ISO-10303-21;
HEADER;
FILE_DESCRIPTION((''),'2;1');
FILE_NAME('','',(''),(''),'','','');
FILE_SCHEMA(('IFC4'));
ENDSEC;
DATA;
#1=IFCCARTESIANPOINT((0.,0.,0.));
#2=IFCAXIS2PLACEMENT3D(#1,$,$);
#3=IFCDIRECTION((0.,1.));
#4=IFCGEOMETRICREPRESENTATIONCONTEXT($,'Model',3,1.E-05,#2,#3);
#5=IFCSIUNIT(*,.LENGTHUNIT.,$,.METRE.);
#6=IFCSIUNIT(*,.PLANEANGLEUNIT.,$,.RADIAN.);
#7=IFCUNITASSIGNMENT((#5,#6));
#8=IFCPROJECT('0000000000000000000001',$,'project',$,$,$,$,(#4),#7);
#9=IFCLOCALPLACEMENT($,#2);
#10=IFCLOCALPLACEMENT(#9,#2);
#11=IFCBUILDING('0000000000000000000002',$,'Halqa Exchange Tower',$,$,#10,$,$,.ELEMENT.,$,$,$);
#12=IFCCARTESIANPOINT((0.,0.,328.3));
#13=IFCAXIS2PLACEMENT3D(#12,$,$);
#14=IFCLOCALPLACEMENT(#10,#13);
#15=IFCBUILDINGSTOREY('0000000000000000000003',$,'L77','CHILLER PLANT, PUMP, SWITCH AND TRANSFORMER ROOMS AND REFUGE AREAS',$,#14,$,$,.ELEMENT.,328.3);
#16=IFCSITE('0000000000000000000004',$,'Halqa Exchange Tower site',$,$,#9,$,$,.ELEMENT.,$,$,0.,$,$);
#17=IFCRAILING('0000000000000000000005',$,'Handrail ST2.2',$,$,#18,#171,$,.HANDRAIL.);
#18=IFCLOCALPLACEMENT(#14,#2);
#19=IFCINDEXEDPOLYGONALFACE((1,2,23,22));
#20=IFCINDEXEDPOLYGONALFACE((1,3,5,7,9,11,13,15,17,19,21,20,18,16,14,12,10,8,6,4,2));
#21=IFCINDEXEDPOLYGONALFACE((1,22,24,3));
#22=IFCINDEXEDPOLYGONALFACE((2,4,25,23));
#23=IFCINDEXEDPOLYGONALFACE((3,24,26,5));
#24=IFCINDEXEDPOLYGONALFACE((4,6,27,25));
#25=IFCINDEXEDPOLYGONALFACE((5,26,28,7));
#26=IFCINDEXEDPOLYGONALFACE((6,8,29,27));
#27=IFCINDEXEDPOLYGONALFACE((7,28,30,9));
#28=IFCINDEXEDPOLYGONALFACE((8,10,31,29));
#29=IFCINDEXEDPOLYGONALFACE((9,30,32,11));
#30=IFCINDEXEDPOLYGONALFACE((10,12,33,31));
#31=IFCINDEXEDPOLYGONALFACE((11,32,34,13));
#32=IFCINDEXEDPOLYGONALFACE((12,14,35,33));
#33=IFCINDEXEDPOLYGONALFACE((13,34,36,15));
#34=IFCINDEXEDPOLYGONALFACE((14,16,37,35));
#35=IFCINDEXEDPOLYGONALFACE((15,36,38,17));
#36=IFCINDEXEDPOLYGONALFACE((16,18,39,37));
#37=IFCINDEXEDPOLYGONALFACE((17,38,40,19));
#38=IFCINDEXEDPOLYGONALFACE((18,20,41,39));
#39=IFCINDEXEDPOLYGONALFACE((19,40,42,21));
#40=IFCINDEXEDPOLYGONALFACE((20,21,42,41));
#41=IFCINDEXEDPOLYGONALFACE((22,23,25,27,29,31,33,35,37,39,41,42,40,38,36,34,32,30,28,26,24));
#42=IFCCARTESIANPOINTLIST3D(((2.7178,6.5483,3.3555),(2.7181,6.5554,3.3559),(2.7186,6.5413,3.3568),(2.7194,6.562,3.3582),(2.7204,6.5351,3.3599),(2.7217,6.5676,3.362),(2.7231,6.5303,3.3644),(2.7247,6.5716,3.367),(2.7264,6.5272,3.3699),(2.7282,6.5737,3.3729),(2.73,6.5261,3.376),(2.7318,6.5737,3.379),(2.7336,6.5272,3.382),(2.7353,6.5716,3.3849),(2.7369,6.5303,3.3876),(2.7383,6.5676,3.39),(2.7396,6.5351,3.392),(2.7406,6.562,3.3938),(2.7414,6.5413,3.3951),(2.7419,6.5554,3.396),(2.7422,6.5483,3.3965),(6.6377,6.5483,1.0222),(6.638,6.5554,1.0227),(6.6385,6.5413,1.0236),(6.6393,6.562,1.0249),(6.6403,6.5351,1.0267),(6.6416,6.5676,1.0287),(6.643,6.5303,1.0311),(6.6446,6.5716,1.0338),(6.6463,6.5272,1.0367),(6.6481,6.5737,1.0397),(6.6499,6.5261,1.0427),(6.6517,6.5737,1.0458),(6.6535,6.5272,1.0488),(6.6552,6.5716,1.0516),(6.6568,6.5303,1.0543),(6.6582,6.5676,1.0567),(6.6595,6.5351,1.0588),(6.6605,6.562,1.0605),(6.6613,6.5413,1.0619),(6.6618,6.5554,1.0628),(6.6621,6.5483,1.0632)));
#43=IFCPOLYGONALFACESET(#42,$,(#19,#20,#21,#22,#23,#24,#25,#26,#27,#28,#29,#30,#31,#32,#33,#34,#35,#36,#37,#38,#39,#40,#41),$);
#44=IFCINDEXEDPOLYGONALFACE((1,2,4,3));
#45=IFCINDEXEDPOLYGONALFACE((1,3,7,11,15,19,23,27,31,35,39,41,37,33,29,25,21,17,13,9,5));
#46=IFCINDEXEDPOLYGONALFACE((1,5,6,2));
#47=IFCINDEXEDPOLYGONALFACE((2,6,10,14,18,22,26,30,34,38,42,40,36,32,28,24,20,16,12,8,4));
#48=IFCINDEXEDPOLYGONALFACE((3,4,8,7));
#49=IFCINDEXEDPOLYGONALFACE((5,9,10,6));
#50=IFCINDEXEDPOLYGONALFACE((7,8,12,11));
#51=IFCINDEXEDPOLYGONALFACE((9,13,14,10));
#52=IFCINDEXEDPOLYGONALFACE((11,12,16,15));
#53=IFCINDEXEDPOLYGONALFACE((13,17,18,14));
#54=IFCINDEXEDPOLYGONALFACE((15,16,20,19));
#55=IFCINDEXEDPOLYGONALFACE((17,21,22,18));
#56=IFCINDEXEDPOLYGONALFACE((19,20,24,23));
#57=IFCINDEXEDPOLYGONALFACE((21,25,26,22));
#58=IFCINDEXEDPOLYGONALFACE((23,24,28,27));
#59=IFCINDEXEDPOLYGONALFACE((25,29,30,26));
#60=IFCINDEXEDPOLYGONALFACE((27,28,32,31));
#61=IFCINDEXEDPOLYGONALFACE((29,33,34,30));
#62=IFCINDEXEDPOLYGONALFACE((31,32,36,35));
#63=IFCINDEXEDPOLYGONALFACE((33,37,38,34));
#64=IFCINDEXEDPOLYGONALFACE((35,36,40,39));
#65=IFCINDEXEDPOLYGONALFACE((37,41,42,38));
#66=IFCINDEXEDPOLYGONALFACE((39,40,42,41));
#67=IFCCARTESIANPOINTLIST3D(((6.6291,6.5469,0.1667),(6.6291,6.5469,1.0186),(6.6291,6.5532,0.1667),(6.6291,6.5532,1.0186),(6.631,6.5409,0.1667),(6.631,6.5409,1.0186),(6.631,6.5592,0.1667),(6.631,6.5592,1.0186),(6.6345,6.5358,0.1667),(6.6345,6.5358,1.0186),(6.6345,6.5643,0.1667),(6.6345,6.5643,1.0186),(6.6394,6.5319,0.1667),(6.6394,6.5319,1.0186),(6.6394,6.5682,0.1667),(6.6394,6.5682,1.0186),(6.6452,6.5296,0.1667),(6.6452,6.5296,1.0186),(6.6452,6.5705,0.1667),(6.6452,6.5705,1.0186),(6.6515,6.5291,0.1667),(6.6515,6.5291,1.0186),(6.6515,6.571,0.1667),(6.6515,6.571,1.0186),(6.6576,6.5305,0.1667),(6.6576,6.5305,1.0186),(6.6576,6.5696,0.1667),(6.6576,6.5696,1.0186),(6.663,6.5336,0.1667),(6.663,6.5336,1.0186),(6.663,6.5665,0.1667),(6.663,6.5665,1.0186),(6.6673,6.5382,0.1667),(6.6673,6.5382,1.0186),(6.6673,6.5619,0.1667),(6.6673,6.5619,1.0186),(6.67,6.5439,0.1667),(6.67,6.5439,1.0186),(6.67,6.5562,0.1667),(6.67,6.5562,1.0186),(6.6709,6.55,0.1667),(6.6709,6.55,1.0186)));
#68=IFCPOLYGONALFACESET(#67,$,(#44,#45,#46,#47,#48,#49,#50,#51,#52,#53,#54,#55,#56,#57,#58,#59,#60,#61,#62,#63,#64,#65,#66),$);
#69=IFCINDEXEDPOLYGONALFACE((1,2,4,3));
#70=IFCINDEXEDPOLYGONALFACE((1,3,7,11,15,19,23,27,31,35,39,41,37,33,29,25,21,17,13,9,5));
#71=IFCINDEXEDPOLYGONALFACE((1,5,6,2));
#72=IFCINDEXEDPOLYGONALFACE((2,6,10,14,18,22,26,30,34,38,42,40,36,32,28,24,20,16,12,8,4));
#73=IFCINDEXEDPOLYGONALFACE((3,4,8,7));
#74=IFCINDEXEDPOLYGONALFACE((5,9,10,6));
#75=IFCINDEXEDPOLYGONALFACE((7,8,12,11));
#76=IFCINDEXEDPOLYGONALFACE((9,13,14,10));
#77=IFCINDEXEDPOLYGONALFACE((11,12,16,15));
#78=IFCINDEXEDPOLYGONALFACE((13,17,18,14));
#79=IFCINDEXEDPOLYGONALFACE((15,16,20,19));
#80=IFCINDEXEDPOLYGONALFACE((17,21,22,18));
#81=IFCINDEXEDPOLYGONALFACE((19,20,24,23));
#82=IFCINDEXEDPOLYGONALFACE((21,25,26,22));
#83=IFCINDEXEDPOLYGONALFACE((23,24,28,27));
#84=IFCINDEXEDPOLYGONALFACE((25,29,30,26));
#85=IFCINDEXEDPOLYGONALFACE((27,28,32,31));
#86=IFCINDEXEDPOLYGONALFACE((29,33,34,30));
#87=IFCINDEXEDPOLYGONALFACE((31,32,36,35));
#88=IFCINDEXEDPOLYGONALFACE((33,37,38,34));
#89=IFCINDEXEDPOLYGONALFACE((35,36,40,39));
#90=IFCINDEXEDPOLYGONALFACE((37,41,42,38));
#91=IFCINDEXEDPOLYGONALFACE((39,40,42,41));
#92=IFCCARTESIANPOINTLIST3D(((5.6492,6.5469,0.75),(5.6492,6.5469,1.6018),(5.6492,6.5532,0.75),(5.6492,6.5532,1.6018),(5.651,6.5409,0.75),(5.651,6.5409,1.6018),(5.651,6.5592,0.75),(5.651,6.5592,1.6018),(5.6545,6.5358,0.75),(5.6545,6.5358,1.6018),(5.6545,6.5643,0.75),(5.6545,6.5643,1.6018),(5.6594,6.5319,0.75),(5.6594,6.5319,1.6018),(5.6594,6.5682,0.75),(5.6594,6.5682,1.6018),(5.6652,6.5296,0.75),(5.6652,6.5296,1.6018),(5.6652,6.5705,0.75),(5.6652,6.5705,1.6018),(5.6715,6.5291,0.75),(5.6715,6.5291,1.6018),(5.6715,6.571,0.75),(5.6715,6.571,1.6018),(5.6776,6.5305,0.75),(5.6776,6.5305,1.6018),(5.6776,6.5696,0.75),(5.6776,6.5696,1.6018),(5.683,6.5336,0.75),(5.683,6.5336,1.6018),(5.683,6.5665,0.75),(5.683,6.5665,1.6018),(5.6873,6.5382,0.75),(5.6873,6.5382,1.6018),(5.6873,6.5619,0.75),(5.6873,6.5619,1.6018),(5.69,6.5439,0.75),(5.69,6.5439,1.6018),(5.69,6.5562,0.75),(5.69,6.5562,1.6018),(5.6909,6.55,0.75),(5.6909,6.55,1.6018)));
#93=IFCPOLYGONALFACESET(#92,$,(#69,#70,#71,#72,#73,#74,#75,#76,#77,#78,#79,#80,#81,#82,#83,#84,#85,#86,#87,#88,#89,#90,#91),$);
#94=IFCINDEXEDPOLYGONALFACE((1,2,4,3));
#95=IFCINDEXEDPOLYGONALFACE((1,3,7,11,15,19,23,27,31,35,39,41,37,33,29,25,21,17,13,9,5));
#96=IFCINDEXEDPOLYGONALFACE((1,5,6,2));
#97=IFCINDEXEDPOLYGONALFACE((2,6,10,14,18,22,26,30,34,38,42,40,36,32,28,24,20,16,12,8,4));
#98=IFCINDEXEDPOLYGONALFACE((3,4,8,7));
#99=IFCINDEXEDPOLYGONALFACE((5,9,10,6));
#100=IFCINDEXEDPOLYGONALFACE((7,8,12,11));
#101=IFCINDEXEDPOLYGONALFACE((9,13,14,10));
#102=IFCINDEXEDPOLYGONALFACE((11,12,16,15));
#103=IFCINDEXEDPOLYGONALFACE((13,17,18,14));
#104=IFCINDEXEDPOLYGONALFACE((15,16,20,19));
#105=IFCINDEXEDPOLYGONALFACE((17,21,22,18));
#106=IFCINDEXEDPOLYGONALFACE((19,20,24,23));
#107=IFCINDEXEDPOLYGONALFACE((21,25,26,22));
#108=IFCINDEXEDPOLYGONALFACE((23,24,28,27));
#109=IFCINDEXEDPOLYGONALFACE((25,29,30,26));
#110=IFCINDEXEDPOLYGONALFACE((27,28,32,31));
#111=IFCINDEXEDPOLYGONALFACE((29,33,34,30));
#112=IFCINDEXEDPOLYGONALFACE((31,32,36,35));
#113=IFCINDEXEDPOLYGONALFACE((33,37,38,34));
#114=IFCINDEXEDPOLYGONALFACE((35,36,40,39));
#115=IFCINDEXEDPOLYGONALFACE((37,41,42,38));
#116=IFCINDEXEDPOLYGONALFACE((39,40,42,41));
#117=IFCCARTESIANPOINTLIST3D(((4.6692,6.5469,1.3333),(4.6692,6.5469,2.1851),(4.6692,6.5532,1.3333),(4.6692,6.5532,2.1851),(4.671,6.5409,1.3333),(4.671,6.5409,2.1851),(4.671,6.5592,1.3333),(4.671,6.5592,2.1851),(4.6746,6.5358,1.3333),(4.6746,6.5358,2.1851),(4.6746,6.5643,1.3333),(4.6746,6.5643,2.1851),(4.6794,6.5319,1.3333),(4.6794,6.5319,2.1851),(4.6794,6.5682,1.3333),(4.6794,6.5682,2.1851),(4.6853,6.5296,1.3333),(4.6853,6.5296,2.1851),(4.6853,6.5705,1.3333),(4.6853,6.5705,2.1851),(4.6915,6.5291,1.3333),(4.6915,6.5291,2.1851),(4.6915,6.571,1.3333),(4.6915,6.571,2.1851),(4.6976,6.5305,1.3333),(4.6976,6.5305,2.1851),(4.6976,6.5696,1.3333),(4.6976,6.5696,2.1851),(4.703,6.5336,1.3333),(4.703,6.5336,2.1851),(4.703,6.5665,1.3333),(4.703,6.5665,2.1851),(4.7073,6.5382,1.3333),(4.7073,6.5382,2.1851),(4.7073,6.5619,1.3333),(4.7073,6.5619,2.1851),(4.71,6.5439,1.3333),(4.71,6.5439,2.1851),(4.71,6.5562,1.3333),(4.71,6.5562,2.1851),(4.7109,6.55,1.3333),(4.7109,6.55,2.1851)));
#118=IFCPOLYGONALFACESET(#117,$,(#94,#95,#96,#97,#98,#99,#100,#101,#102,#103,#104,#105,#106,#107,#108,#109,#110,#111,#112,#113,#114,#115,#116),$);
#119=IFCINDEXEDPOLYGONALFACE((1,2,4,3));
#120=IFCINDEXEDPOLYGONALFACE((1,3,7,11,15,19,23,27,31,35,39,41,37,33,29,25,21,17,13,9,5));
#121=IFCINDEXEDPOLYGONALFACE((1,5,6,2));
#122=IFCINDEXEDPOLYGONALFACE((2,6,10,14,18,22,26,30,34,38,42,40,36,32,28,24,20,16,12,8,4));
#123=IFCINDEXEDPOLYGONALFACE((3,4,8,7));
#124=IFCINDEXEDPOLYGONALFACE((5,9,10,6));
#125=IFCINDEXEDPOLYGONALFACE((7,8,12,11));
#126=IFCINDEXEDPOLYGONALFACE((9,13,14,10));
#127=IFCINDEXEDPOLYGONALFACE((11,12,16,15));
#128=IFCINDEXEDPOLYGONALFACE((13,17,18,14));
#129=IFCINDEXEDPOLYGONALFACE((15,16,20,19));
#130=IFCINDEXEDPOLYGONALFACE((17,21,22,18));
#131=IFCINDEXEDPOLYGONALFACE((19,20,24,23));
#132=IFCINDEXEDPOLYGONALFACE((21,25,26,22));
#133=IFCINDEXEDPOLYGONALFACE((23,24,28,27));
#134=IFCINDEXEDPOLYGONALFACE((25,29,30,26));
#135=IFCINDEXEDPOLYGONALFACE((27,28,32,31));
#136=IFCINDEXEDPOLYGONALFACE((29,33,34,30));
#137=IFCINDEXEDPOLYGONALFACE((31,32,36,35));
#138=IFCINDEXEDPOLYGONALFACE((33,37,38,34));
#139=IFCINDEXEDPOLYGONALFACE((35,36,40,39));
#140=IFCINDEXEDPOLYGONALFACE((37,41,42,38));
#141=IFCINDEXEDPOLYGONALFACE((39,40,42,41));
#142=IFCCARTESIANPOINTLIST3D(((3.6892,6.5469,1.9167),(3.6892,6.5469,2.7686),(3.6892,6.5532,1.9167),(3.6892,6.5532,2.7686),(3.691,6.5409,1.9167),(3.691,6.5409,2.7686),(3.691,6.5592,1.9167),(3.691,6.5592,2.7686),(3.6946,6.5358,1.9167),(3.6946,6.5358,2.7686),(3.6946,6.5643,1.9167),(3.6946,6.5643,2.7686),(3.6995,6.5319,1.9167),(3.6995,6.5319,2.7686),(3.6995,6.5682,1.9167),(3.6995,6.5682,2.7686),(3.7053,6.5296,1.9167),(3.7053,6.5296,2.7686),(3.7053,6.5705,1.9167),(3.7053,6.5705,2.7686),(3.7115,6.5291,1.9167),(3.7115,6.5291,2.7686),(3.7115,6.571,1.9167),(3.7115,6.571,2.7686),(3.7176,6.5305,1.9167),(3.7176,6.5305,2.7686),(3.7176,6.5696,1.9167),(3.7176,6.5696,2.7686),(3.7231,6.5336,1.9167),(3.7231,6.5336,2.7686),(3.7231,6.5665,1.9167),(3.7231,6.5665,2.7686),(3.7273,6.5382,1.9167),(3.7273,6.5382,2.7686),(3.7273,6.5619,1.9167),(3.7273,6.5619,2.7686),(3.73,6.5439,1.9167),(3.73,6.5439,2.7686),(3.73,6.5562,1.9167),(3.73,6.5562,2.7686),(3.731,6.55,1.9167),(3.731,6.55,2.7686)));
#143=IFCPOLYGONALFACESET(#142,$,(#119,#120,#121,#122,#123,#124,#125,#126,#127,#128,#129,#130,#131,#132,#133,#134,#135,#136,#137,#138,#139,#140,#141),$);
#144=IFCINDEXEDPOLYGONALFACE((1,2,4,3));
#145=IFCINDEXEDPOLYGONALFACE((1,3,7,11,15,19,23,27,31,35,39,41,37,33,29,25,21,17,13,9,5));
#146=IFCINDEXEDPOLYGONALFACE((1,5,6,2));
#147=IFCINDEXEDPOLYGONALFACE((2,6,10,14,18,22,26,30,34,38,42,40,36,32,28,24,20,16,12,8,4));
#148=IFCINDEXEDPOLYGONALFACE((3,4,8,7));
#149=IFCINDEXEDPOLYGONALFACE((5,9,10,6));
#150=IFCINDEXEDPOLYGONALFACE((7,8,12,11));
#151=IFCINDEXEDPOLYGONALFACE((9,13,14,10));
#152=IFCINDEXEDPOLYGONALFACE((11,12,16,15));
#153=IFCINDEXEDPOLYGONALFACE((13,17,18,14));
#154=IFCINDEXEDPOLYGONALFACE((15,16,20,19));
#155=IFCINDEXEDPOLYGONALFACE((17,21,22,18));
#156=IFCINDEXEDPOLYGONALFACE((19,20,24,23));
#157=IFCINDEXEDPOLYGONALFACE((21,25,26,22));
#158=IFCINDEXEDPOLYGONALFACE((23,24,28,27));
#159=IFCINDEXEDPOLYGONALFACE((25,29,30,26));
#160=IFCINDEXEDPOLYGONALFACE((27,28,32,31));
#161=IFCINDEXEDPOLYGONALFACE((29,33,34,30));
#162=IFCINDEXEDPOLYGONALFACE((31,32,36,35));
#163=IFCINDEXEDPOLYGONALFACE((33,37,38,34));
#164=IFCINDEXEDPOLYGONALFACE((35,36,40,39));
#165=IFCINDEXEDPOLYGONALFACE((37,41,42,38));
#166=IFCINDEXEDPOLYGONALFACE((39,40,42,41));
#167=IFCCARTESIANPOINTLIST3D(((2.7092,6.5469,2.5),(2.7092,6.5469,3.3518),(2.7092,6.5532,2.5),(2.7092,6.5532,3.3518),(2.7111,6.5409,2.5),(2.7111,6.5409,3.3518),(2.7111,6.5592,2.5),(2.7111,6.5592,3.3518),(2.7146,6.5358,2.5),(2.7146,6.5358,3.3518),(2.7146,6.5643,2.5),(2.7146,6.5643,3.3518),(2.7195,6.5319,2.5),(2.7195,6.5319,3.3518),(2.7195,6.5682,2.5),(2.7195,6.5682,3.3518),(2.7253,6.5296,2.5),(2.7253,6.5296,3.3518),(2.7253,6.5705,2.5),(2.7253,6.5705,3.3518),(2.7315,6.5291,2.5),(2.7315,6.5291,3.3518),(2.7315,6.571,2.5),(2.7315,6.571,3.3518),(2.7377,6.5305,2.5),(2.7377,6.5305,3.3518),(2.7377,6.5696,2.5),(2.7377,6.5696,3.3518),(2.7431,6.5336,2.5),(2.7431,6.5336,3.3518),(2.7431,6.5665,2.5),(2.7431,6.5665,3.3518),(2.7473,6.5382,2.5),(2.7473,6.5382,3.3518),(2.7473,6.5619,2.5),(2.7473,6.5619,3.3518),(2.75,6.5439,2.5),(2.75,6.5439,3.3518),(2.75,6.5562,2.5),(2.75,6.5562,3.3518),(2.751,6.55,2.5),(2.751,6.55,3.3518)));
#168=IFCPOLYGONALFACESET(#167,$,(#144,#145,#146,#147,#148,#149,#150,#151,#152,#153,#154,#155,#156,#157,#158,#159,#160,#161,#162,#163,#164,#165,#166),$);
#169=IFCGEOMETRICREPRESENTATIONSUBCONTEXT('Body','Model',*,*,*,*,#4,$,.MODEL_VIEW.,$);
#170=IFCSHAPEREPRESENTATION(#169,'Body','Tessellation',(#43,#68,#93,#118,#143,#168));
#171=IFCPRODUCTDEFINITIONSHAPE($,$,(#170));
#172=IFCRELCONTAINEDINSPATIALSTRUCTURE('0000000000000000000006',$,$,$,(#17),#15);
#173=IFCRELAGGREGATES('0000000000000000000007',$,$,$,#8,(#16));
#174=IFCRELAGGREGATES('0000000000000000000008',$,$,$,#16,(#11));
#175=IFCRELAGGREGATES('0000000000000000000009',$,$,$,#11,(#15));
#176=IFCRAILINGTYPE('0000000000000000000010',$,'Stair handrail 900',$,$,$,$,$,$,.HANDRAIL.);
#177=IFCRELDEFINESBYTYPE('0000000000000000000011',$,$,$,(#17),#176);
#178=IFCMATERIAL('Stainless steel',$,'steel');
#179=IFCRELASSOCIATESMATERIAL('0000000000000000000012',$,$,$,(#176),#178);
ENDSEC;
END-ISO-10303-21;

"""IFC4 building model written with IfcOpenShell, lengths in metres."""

from ifc_helpers import new_model, si_unit, direction, frame, origin, origin_2d, place, context, subcontext, project, spatial, circle, extrude, material, type_object, element, save


model = new_model("IFC4")

# Units and contexts
model_context = context("Model", 3, precision=1e-05, world=origin(), true_north=direction((0.0, 1.0)))
body_context = subcontext(model_context, "Body", "Model", "MODEL_VIEW")
ifc_project = project(units=[si_unit("LENGTHUNIT", "METRE"), si_unit("PLANEANGLEUNIT", "RADIAN")], contexts=[model_context])

# Site, building, storey
site_placement = place(None, origin())
site = spatial("IfcSite", under=ifc_project, at=site_placement, Name="Halqa Exchange Tower site", CompositionType="ELEMENT", RefElevation=0.0)
building_placement = place(site_placement, origin())
building = spatial("IfcBuilding", under=site, at=building_placement, Name="Halqa Exchange Tower", CompositionType="ELEMENT")
storey_placement = place(building_placement, frame((0.0, 0.0, 328.3)))
storey = spatial("IfcBuildingStorey", under=building, at=storey_placement, Name="L77", Description="CHILLER PLANT, PUMP, SWITCH AND TRANSFORMER ROOMS AND REFUGE AREAS", CompositionType="ELEMENT", Elevation=328.3)

# Railing
ifc_material_1 = material(Name="Stainless steel", Category="steel")
railing_type_1 = type_object("IfcRailingType", Name="Stair handrail 900", PredefinedType="HANDRAIL", material=ifc_material_1)
railing_1_placement = place(storey_placement, frame((6.6499, 6.55, 0.1667)))
element("IfcRailing", 1, at=railing_1_placement, inside=storey, type_object=railing_type_1, Name="Handrail ST2.2", PredefinedType="HANDRAIL", context=body_context, shape_type="SweptSolid", body=[
    extrude(circle(Radius=0.0239, at=origin_2d()), frame((0.0, 0.0, 0.876), z_axis=(-0.859296, 0.0, 0.511478), x_axis=(0.0, -1.0, 0.0)), (0.0, 0.0, 1.0), 4.5618),
    extrude(circle(Radius=0.021, at=origin_2d()), origin(), (0.0, 0.0, 1.0), 0.8518),
    extrude(circle(Radius=0.021, at=origin_2d()), frame((-0.98, 0.0, 0.5833)), (0.0, 0.0, 1.0), 0.8518),
    extrude(circle(Radius=0.021, at=origin_2d()), frame((-1.96, 0.0, 1.1665)), (0.0, 0.0, 1.0), 0.8518),
    extrude(circle(Radius=0.021, at=origin_2d()), frame((-2.9399, 0.0, 1.75)), (0.0, 0.0, 1.0), 0.8518),
    extrude(circle(Radius=0.021, at=origin_2d()), frame((-3.9199, 0.0, 2.3333)), (0.0, 0.0, 1.0), 0.8518),
])

save(model, "model.ifc")
